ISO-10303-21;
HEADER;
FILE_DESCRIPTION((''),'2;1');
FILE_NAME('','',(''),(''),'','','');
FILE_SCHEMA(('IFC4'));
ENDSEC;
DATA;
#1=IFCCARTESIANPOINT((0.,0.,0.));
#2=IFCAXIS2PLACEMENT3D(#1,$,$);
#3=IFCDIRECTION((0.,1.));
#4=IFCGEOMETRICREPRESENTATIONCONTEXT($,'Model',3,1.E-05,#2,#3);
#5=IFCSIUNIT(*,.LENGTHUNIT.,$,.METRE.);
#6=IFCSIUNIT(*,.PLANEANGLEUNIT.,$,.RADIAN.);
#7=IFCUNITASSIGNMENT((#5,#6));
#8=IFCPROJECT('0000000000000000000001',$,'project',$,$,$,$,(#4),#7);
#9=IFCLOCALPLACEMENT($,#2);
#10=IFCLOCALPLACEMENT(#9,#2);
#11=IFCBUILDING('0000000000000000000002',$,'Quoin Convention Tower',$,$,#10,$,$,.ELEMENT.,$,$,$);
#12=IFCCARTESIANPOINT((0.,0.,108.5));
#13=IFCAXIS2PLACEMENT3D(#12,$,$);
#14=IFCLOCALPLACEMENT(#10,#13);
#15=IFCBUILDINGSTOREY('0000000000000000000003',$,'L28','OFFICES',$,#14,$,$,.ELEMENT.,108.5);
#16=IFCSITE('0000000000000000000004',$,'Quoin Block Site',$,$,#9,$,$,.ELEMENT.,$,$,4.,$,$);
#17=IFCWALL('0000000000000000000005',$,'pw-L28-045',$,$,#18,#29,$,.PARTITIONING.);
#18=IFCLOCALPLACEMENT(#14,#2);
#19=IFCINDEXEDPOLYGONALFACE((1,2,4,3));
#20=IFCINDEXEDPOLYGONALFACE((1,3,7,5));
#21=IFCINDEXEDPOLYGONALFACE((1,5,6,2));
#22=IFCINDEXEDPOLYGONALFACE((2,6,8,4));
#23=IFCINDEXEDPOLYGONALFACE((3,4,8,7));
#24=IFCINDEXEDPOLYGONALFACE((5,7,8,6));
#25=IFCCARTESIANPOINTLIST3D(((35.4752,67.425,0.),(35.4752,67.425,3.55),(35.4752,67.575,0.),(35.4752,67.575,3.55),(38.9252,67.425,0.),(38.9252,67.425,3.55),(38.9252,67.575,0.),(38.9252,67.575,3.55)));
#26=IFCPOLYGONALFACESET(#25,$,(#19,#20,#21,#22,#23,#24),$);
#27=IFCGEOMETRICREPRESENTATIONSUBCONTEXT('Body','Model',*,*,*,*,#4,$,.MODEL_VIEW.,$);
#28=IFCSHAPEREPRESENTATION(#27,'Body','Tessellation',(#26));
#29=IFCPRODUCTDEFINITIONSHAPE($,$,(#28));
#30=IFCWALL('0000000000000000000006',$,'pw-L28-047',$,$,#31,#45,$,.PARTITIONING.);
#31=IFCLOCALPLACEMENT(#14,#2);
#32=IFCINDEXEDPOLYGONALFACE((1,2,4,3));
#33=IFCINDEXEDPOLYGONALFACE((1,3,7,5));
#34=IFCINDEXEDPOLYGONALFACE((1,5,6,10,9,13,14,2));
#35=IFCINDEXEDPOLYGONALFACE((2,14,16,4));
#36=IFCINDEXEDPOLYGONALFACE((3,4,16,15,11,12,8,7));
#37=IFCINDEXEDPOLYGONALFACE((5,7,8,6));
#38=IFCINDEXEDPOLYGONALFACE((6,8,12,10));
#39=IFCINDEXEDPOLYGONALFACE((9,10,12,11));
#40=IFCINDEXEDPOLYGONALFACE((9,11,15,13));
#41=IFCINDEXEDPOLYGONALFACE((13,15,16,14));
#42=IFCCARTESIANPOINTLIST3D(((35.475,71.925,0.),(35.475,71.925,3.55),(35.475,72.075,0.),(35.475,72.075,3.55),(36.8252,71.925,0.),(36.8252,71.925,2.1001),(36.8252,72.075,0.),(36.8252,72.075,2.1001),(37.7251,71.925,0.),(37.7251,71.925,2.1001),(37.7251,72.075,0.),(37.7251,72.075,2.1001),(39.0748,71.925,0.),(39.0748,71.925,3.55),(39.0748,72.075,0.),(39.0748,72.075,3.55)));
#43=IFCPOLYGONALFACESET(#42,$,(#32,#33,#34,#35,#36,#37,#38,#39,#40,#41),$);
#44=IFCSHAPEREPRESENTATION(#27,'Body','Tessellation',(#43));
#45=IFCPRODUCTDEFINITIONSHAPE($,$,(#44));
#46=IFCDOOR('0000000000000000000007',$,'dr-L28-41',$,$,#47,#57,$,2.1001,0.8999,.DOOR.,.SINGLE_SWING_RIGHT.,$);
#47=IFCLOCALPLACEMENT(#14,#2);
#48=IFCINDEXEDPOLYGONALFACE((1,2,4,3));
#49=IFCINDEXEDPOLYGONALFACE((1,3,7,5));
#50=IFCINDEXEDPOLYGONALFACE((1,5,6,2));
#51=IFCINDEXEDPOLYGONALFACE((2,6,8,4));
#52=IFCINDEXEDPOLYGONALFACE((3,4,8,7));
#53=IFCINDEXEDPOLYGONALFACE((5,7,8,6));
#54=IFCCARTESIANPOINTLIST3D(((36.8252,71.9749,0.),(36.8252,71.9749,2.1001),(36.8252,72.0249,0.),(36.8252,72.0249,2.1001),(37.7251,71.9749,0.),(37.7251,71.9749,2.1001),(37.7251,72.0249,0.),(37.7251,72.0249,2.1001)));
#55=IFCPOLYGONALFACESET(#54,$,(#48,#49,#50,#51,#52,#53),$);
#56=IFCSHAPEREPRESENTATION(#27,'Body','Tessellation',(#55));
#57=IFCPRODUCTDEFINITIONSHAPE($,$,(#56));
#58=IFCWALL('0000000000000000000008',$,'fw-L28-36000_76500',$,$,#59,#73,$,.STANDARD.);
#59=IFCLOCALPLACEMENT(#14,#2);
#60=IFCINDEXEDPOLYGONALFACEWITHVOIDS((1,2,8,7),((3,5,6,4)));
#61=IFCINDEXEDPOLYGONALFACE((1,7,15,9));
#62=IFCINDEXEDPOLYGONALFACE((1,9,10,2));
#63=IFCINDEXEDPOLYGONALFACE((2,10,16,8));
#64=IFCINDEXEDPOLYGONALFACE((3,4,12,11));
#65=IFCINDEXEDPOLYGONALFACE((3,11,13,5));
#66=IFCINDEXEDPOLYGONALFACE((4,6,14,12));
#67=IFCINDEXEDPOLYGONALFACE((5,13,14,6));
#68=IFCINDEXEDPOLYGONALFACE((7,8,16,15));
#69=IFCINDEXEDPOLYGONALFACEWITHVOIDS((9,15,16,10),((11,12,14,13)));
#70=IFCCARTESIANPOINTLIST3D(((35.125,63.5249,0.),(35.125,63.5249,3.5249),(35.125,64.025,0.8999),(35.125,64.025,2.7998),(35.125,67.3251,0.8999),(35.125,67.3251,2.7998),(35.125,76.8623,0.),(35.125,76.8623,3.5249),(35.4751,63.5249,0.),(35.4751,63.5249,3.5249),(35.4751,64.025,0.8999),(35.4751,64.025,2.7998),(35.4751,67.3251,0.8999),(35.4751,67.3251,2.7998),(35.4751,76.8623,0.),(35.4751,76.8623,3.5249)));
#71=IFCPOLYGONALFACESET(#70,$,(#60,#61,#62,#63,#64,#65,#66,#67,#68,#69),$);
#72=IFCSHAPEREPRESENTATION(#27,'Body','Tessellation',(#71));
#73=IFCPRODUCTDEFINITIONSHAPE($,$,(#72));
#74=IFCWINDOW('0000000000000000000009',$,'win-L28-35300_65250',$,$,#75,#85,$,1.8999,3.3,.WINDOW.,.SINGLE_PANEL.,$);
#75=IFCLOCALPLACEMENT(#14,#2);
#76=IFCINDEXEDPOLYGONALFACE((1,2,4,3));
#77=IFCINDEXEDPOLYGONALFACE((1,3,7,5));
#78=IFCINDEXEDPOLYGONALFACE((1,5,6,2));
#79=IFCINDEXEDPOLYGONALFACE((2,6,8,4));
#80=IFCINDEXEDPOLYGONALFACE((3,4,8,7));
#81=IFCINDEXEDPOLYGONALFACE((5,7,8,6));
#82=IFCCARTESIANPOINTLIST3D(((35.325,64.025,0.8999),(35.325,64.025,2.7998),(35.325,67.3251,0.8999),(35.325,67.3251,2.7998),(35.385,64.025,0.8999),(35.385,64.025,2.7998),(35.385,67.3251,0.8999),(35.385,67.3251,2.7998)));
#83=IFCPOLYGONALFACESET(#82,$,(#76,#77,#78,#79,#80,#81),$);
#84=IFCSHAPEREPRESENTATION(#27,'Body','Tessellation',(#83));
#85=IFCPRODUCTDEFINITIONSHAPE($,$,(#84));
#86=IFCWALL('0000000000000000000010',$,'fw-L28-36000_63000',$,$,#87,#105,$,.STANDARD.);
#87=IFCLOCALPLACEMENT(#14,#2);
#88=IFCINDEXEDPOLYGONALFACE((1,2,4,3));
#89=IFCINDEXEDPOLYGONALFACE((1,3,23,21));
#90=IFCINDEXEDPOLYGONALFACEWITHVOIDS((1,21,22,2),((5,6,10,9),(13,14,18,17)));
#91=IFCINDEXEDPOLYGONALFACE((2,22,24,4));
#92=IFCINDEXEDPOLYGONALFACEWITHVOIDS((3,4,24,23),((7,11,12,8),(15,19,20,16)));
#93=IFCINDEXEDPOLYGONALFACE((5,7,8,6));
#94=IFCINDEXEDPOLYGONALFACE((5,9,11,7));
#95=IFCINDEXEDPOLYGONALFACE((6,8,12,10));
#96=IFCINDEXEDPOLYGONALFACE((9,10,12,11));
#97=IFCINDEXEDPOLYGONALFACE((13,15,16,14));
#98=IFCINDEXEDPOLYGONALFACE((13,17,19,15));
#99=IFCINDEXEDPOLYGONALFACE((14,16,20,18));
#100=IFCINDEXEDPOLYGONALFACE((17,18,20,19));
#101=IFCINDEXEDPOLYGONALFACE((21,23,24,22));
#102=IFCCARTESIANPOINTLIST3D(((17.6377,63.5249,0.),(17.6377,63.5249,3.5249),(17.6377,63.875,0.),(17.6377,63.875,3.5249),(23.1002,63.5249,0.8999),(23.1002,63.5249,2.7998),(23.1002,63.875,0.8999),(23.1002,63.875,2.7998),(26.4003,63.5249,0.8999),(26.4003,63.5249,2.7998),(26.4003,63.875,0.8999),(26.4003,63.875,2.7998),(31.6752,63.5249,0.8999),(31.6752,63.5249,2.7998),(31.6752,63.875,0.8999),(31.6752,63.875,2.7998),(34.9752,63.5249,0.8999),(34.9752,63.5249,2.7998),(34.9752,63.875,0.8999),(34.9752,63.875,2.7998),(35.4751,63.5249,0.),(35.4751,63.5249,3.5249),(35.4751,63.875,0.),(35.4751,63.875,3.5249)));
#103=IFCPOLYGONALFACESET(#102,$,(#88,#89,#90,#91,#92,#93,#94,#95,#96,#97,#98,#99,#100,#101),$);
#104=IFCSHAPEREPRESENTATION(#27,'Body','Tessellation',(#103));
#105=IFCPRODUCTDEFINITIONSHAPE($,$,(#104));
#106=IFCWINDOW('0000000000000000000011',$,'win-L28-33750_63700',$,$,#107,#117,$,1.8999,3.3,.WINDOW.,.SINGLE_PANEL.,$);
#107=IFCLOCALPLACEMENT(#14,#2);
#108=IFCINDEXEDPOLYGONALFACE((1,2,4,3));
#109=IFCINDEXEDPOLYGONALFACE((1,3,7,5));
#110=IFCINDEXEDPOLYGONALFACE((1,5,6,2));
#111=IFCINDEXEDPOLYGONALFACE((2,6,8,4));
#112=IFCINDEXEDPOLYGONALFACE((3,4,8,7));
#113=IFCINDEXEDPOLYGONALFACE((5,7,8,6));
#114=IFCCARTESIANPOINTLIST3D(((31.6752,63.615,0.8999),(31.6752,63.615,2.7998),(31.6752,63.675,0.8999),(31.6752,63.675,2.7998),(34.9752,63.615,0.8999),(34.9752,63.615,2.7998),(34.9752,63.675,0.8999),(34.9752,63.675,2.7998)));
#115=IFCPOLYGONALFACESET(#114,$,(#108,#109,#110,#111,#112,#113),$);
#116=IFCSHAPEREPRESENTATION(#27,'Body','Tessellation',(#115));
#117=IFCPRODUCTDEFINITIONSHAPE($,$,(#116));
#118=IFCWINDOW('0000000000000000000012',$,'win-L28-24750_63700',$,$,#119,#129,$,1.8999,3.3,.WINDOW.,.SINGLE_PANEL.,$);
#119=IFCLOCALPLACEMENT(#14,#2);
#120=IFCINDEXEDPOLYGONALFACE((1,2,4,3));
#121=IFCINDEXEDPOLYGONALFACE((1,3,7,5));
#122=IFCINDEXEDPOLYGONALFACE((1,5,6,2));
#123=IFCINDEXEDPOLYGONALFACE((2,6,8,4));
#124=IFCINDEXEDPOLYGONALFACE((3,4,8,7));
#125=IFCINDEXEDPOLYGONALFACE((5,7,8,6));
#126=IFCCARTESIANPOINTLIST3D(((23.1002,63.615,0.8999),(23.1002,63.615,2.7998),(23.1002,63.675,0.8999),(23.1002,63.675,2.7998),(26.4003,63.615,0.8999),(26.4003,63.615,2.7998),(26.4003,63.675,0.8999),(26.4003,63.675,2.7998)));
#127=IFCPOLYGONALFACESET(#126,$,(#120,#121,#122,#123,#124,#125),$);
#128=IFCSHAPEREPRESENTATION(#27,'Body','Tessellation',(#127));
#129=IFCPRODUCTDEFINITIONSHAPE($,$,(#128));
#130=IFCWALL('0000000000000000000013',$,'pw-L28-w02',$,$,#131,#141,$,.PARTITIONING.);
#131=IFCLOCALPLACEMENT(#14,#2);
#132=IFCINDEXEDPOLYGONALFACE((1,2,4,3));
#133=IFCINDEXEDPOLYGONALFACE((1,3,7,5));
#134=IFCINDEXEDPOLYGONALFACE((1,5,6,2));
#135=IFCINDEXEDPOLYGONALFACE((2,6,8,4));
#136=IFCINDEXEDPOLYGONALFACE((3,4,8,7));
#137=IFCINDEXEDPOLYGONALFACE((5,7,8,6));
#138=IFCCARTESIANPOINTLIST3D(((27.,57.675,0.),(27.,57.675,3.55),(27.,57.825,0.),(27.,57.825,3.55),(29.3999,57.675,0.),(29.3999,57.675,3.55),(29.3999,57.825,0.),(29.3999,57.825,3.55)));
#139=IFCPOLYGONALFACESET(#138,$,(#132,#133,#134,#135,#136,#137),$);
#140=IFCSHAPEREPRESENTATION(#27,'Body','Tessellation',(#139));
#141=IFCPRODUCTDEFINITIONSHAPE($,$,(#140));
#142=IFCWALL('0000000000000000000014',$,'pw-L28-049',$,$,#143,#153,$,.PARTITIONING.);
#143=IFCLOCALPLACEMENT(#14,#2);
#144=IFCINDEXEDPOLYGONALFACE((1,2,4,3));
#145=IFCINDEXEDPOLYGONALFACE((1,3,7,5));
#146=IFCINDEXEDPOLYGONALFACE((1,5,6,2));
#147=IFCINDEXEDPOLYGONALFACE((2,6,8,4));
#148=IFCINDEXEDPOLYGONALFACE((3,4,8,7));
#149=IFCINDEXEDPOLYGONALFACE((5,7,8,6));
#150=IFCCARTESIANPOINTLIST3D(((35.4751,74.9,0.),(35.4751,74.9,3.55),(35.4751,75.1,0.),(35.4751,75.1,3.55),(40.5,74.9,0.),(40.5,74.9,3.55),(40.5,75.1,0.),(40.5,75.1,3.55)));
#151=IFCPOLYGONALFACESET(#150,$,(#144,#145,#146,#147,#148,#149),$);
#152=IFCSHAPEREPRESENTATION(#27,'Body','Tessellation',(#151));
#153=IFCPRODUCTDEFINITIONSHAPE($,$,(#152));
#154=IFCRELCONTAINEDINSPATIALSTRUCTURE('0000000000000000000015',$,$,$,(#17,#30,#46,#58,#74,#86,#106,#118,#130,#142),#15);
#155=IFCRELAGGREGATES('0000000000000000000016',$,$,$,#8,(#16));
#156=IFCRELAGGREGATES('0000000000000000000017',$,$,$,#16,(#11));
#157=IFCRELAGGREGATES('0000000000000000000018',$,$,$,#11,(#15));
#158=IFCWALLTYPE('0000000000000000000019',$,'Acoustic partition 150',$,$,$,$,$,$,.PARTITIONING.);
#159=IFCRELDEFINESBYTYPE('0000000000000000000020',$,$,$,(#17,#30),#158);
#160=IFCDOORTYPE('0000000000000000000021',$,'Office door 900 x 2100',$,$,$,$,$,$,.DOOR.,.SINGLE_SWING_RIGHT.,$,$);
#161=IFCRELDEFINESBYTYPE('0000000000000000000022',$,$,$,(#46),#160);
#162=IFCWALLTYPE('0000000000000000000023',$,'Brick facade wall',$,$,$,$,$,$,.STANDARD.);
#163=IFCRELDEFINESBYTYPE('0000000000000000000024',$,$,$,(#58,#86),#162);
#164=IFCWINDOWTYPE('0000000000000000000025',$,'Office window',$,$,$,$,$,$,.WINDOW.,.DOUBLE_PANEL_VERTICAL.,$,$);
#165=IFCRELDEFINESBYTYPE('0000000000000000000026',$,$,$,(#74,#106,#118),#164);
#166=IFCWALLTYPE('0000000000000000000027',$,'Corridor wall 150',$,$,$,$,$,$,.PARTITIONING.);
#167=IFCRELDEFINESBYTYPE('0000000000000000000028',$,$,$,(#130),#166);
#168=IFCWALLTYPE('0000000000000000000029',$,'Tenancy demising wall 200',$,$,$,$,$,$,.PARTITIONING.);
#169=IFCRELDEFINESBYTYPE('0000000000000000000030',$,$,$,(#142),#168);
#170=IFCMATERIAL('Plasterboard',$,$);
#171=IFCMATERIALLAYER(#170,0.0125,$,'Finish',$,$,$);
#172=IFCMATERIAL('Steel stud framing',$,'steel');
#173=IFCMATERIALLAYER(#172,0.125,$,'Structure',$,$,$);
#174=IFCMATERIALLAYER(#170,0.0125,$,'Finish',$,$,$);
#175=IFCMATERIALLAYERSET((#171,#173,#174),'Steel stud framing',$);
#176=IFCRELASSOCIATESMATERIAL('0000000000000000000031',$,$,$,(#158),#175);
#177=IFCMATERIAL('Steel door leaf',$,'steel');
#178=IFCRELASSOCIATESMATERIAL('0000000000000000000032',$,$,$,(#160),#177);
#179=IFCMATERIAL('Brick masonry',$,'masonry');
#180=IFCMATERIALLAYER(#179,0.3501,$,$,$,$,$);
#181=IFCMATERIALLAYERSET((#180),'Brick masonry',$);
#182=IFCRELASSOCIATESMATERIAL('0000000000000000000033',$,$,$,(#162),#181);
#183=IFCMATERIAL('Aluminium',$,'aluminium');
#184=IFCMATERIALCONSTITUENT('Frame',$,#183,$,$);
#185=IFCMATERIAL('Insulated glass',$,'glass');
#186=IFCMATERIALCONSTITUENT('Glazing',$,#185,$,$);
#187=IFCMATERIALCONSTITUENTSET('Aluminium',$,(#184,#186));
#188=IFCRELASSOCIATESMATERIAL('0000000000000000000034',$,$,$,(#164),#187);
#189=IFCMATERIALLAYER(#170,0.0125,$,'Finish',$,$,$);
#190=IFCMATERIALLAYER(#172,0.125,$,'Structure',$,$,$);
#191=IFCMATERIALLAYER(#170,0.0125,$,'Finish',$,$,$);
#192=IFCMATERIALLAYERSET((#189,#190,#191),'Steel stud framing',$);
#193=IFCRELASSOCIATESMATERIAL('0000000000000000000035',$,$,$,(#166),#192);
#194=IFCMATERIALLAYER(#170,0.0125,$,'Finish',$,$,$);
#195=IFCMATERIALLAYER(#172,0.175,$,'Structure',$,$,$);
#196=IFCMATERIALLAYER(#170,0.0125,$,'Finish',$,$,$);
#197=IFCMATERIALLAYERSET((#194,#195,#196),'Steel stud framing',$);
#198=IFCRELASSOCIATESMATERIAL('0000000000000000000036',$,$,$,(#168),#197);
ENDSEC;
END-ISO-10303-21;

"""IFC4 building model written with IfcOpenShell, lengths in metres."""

from ifc_helpers import new_model, si_unit, direction, frame, frame_2d, origin, place, context, subcontext, project, spatial, rectangle, extrude, material, layer, layer_set, constituent, constituent_set, type_object, element, fill, save


model = new_model("IFC4")

# Units and contexts
model_context = context("Model", 3, precision=1e-05, world=origin(), true_north=direction((0.0, 1.0)))
body_context = subcontext(model_context, "Body", "Model", "MODEL_VIEW")
ifc_project = project(units=[si_unit("LENGTHUNIT", "METRE"), si_unit("PLANEANGLEUNIT", "RADIAN")], contexts=[model_context])

# Site, building, storey
site_placement = place(None, origin())
site = spatial("IfcSite", under=ifc_project, at=site_placement, Name="Quoin Block Site", CompositionType="ELEMENT", RefElevation=4.0)
building_placement = place(site_placement, origin())
building = spatial("IfcBuilding", under=site, at=building_placement, Name="Quoin Convention Tower", CompositionType="ELEMENT")
storey_placement = place(building_placement, frame((0.0, 0.0, 108.5)))
storey = spatial("IfcBuildingStorey", under=building, at=storey_placement, Name="L28", Description="OFFICES", CompositionType="ELEMENT", Elevation=108.5)

# Wall
ifc_material_1 = material(Name="Plasterboard")
ifc_layer_1 = layer(ifc_material_1, 0.0125, Name="Finish")
ifc_material_2 = material(Name="Steel stud framing", Category="steel")
ifc_layer_2 = layer(ifc_material_2, 0.125, Name="Structure")
ifc_layer_3 = layer(ifc_material_1, 0.0125, Name="Finish")
ifc_layer_set_1 = layer_set([ifc_layer_1, ifc_layer_2, ifc_layer_3], Name="Steel stud framing")
wall_type_1 = type_object("IfcWallType", Name="Acoustic partition 150", PredefinedType="PARTITIONING", material=ifc_layer_set_1)
wall_1_placement = place(storey_placement, frame((35.4751, 67.5, 0.0), z_axis=(0.0, 0.0, 1.0), x_axis=(1.0, 0.0, 0.0)))
element("IfcWall", 1, at=wall_1_placement, inside=storey, type_object=wall_type_1, Name="pw-L28-045", PredefinedType="PARTITIONING", context=body_context, shape_type="SweptSolid", body=[
    extrude(rectangle(XDim=3.45, YDim=0.1499, at=frame_2d((1.7251, 0.0))), origin(), (0.0, 0.0, 1.0), 3.55),
])

# Wall, opening, door
wall_2_placement = place(storey_placement, frame((35.4751, 72.0, 0.0), z_axis=(0.0, 0.0, 1.0), x_axis=(1.0, 0.0, 0.0)))
wall_2 = element("IfcWall", 2, at=wall_2_placement, inside=storey, type_object=wall_type_1, Name="pw-L28-047", PredefinedType="PARTITIONING", context=body_context, shape_type="SweptSolid", body=[
    extrude(rectangle(XDim=3.5999, YDim=0.1499, at=frame_2d((1.7998, 0.0))), origin(), (0.0, 0.0, 1.0), 3.55),
])
opening_1_placement = place(wall_2_placement, frame((1.3501, 0.0, 0.0)))
opening_1 = element("IfcOpeningElement", 3, at=opening_1_placement, cuts=wall_2, PredefinedType="OPENING", context=body_context, shape_type="SweptSolid", body=[
    extrude(rectangle(XDim=0.8999, YDim=2.1001, at=frame_2d((0.45, 1.05))), frame((0.0, 0.085, 0.0), z_axis=(0.0, -1.0, 0.0), x_axis=(1.0, 0.0, 0.0)), (0.0, 0.0, 1.0), 0.1699),
])
ifc_material_3 = material(Name="Steel door leaf", Category="steel")
door_type = type_object("IfcDoorType", Name="Office door 900 x 2100", OperationType="SINGLE_SWING_RIGHT", PredefinedType="DOOR", material=ifc_material_3)
door_placement = place(opening_1_placement, origin())
door = element("IfcDoor", 4, at=door_placement, inside=storey, type_object=door_type, Name="dr-L28-41", OperationType="SINGLE_SWING_RIGHT", OverallHeight=2.1001, OverallWidth=0.8999, PredefinedType="DOOR", context=body_context, shape_type="SweptSolid", body=[
    extrude(rectangle(XDim=0.8999, YDim=2.1001, at=frame_2d((0.45, 1.05))), frame((0.0, 0.0249, 0.0), z_axis=(0.0, -1.0, 0.0), x_axis=(1.0, 0.0, 0.0)), (0.0, 0.0, 1.0), 0.05),
])
fill(opening_1, door)

# Wall, opening, window
ifc_material_4 = material(Name="Brick masonry", Category="masonry")
ifc_layer_4 = layer(ifc_material_4, 0.3501)
ifc_layer_set_2 = layer_set([ifc_layer_4], Name="Brick masonry")
wall_type_2 = type_object("IfcWallType", Name="Brick facade wall", PredefinedType="STANDARD", material=ifc_layer_set_2)
wall_3_placement = place(storey_placement, frame((35.3, 76.8623, 0.0), z_axis=(0.0, 0.0, 1.0), x_axis=(0.0, -1.0, 0.0)))
wall_3 = element("IfcWall", 5, at=wall_3_placement, inside=storey, type_object=wall_type_2, Name="fw-L28-36000_76500", PredefinedType="STANDARD", context=body_context, shape_type="SweptSolid", body=[
    extrude(rectangle(XDim=13.3374, YDim=0.3501, at=frame_2d((6.6687, 0.0))), origin(), (0.0, 0.0, 1.0), 3.5249),
])
opening_2_placement = place(wall_3_placement, frame((9.5374, 0.0, 0.8999)))
opening_2 = element("IfcOpeningElement", 6, at=opening_2_placement, cuts=wall_3, PredefinedType="OPENING", context=body_context, shape_type="SweptSolid", body=[
    extrude(rectangle(XDim=3.3, YDim=1.8999, at=frame_2d((1.6499, 0.95))), frame((0.0, 0.1851, 0.0), z_axis=(0.0, -1.0, 0.0), x_axis=(1.0, 0.0, 0.0)), (0.0, 0.0, 1.0), 0.3701),
])
ifc_material_5 = material(Name="Aluminium", Category="aluminium")
ifc_constituent_1 = constituent(ifc_material_5, Name="Frame")
ifc_material_6 = material(Name="Insulated glass", Category="glass")
ifc_constituent_2 = constituent(ifc_material_6, Name="Glazing")
ifc_constituent_set = constituent_set(constituents=[ifc_constituent_1, ifc_constituent_2], Name="Aluminium")
window_type = type_object("IfcWindowType", Name="Office window", PartitioningType="DOUBLE_PANEL_VERTICAL", PredefinedType="WINDOW", material=ifc_constituent_set)
window_1_placement = place(opening_2_placement, origin())
window_1 = element("IfcWindow", 7, at=window_1_placement, inside=storey, type_object=window_type, Name="win-L28-35300_65250", OverallHeight=1.8999, OverallWidth=3.3, PartitioningType="SINGLE_PANEL", PredefinedType="WINDOW", context=body_context, shape_type="SweptSolid", body=[
    extrude(rectangle(XDim=3.3, YDim=1.8999, at=frame_2d((1.6499, 0.95))), frame((0.0, 0.085, 0.0), z_axis=(0.0, -1.0, 0.0), x_axis=(1.0, 0.0, 0.0)), (0.0, 0.0, 1.0), 0.0601),
])
fill(opening_2, window_1)

# Wall, openings, windows
wall_4_placement = place(storey_placement, frame((35.4751, 63.7, 0.0), z_axis=(0.0, 0.0, 1.0), x_axis=(-1.0, 0.0, 0.0)))
wall_4 = element("IfcWall", 8, at=wall_4_placement, inside=storey, type_object=wall_type_2, Name="fw-L28-36000_63000", PredefinedType="STANDARD", context=body_context, shape_type="SweptSolid", body=[
    extrude(rectangle(XDim=17.8374, YDim=0.3501, at=frame_2d((8.9187, 0.0))), origin(), (0.0, 0.0, 1.0), 3.5249),
])
opening_3_placement = place(wall_4_placement, frame((0.5, 0.0, 0.8999)))
opening_3 = element("IfcOpeningElement", 9, at=opening_3_placement, cuts=wall_4, PredefinedType="OPENING", context=body_context, shape_type="SweptSolid", body=[
    extrude(rectangle(XDim=3.3, YDim=1.8999, at=frame_2d((1.6499, 0.95))), frame((0.0, 0.1851, 0.0), z_axis=(0.0, -1.0, 0.0), x_axis=(1.0, 0.0, 0.0)), (0.0, 0.0, 1.0), 0.3701),
])
opening_4_placement = place(wall_4_placement, frame((9.075, 0.0, 0.8999)))
opening_4 = element("IfcOpeningElement", 10, at=opening_4_placement, cuts=wall_4, PredefinedType="OPENING", context=body_context, shape_type="SweptSolid", body=[
    extrude(rectangle(XDim=3.3, YDim=1.8999, at=frame_2d((1.6499, 0.95))), frame((0.0, 0.1851, 0.0), z_axis=(0.0, -1.0, 0.0), x_axis=(1.0, 0.0, 0.0)), (0.0, 0.0, 1.0), 0.3701),
])
window_2_placement = place(opening_3_placement, origin())
window_2 = element("IfcWindow", 11, at=window_2_placement, inside=storey, type_object=window_type, Name="win-L28-33750_63700", OverallHeight=1.8999, OverallWidth=3.3, PartitioningType="SINGLE_PANEL", PredefinedType="WINDOW", context=body_context, shape_type="SweptSolid", body=[
    extrude(rectangle(XDim=3.3, YDim=1.8999, at=frame_2d((1.6499, 0.95))), frame((0.0, 0.085, 0.0), z_axis=(0.0, -1.0, 0.0), x_axis=(1.0, 0.0, 0.0)), (0.0, 0.0, 1.0), 0.0601),
])
fill(opening_3, window_2)
window_3_placement = place(opening_4_placement, origin())
window_3 = element("IfcWindow", 12, at=window_3_placement, inside=storey, type_object=window_type, Name="win-L28-24750_63700", OverallHeight=1.8999, OverallWidth=3.3, PartitioningType="SINGLE_PANEL", PredefinedType="WINDOW", context=body_context, shape_type="SweptSolid", body=[
    extrude(rectangle(XDim=3.3, YDim=1.8999, at=frame_2d((1.6499, 0.95))), frame((0.0, 0.085, 0.0), z_axis=(0.0, -1.0, 0.0), x_axis=(1.0, 0.0, 0.0)), (0.0, 0.0, 1.0), 0.0601),
])
fill(opening_4, window_3)

# Walls
ifc_layer_5 = layer(ifc_material_1, 0.0125, Name="Finish")
ifc_layer_6 = layer(ifc_material_2, 0.125, Name="Structure")
ifc_layer_7 = layer(ifc_material_1, 0.0125, Name="Finish")
ifc_layer_set_3 = layer_set([ifc_layer_5, ifc_layer_6, ifc_layer_7], Name="Steel stud framing")
wall_type_3 = type_object("IfcWallType", Name="Corridor wall 150", PredefinedType="PARTITIONING", material=ifc_layer_set_3)
wall_5_placement = place(storey_placement, frame((27.0, 57.75, 0.0), z_axis=(0.0, 0.0, 1.0), x_axis=(1.0, 0.0, 0.0)))
element("IfcWall", 13, at=wall_5_placement, inside=storey, type_object=wall_type_3, Name="pw-L28-w02", PredefinedType="PARTITIONING", context=body_context, shape_type="SweptSolid", body=[
    extrude(rectangle(XDim=2.3999, YDim=0.1499, at=frame_2d((1.2, 0.0))), origin(), (0.0, 0.0, 1.0), 3.55),
])
ifc_layer_8 = layer(ifc_material_1, 0.0125, Name="Finish")
ifc_layer_9 = layer(ifc_material_2, 0.175, Name="Structure")
ifc_layer_10 = layer(ifc_material_1, 0.0125, Name="Finish")
ifc_layer_set_4 = layer_set([ifc_layer_8, ifc_layer_9, ifc_layer_10], Name="Steel stud framing")
wall_type_4 = type_object("IfcWallType", Name="Tenancy demising wall 200", PredefinedType="PARTITIONING", material=ifc_layer_set_4)
wall_6_placement = place(storey_placement, frame((35.4751, 75.0, 0.0), z_axis=(0.0, 0.0, 1.0), x_axis=(1.0, 0.0, 0.0)))
element("IfcWall", 14, at=wall_6_placement, inside=storey, type_object=wall_type_4, Name="pw-L28-049", PredefinedType="PARTITIONING", context=body_context, shape_type="SweptSolid", body=[
    extrude(rectangle(XDim=5.0249, YDim=0.2, at=frame_2d((2.5125, 0.0))), origin(), (0.0, 0.0, 1.0), 3.55),
])

save(model, "model.ifc")
